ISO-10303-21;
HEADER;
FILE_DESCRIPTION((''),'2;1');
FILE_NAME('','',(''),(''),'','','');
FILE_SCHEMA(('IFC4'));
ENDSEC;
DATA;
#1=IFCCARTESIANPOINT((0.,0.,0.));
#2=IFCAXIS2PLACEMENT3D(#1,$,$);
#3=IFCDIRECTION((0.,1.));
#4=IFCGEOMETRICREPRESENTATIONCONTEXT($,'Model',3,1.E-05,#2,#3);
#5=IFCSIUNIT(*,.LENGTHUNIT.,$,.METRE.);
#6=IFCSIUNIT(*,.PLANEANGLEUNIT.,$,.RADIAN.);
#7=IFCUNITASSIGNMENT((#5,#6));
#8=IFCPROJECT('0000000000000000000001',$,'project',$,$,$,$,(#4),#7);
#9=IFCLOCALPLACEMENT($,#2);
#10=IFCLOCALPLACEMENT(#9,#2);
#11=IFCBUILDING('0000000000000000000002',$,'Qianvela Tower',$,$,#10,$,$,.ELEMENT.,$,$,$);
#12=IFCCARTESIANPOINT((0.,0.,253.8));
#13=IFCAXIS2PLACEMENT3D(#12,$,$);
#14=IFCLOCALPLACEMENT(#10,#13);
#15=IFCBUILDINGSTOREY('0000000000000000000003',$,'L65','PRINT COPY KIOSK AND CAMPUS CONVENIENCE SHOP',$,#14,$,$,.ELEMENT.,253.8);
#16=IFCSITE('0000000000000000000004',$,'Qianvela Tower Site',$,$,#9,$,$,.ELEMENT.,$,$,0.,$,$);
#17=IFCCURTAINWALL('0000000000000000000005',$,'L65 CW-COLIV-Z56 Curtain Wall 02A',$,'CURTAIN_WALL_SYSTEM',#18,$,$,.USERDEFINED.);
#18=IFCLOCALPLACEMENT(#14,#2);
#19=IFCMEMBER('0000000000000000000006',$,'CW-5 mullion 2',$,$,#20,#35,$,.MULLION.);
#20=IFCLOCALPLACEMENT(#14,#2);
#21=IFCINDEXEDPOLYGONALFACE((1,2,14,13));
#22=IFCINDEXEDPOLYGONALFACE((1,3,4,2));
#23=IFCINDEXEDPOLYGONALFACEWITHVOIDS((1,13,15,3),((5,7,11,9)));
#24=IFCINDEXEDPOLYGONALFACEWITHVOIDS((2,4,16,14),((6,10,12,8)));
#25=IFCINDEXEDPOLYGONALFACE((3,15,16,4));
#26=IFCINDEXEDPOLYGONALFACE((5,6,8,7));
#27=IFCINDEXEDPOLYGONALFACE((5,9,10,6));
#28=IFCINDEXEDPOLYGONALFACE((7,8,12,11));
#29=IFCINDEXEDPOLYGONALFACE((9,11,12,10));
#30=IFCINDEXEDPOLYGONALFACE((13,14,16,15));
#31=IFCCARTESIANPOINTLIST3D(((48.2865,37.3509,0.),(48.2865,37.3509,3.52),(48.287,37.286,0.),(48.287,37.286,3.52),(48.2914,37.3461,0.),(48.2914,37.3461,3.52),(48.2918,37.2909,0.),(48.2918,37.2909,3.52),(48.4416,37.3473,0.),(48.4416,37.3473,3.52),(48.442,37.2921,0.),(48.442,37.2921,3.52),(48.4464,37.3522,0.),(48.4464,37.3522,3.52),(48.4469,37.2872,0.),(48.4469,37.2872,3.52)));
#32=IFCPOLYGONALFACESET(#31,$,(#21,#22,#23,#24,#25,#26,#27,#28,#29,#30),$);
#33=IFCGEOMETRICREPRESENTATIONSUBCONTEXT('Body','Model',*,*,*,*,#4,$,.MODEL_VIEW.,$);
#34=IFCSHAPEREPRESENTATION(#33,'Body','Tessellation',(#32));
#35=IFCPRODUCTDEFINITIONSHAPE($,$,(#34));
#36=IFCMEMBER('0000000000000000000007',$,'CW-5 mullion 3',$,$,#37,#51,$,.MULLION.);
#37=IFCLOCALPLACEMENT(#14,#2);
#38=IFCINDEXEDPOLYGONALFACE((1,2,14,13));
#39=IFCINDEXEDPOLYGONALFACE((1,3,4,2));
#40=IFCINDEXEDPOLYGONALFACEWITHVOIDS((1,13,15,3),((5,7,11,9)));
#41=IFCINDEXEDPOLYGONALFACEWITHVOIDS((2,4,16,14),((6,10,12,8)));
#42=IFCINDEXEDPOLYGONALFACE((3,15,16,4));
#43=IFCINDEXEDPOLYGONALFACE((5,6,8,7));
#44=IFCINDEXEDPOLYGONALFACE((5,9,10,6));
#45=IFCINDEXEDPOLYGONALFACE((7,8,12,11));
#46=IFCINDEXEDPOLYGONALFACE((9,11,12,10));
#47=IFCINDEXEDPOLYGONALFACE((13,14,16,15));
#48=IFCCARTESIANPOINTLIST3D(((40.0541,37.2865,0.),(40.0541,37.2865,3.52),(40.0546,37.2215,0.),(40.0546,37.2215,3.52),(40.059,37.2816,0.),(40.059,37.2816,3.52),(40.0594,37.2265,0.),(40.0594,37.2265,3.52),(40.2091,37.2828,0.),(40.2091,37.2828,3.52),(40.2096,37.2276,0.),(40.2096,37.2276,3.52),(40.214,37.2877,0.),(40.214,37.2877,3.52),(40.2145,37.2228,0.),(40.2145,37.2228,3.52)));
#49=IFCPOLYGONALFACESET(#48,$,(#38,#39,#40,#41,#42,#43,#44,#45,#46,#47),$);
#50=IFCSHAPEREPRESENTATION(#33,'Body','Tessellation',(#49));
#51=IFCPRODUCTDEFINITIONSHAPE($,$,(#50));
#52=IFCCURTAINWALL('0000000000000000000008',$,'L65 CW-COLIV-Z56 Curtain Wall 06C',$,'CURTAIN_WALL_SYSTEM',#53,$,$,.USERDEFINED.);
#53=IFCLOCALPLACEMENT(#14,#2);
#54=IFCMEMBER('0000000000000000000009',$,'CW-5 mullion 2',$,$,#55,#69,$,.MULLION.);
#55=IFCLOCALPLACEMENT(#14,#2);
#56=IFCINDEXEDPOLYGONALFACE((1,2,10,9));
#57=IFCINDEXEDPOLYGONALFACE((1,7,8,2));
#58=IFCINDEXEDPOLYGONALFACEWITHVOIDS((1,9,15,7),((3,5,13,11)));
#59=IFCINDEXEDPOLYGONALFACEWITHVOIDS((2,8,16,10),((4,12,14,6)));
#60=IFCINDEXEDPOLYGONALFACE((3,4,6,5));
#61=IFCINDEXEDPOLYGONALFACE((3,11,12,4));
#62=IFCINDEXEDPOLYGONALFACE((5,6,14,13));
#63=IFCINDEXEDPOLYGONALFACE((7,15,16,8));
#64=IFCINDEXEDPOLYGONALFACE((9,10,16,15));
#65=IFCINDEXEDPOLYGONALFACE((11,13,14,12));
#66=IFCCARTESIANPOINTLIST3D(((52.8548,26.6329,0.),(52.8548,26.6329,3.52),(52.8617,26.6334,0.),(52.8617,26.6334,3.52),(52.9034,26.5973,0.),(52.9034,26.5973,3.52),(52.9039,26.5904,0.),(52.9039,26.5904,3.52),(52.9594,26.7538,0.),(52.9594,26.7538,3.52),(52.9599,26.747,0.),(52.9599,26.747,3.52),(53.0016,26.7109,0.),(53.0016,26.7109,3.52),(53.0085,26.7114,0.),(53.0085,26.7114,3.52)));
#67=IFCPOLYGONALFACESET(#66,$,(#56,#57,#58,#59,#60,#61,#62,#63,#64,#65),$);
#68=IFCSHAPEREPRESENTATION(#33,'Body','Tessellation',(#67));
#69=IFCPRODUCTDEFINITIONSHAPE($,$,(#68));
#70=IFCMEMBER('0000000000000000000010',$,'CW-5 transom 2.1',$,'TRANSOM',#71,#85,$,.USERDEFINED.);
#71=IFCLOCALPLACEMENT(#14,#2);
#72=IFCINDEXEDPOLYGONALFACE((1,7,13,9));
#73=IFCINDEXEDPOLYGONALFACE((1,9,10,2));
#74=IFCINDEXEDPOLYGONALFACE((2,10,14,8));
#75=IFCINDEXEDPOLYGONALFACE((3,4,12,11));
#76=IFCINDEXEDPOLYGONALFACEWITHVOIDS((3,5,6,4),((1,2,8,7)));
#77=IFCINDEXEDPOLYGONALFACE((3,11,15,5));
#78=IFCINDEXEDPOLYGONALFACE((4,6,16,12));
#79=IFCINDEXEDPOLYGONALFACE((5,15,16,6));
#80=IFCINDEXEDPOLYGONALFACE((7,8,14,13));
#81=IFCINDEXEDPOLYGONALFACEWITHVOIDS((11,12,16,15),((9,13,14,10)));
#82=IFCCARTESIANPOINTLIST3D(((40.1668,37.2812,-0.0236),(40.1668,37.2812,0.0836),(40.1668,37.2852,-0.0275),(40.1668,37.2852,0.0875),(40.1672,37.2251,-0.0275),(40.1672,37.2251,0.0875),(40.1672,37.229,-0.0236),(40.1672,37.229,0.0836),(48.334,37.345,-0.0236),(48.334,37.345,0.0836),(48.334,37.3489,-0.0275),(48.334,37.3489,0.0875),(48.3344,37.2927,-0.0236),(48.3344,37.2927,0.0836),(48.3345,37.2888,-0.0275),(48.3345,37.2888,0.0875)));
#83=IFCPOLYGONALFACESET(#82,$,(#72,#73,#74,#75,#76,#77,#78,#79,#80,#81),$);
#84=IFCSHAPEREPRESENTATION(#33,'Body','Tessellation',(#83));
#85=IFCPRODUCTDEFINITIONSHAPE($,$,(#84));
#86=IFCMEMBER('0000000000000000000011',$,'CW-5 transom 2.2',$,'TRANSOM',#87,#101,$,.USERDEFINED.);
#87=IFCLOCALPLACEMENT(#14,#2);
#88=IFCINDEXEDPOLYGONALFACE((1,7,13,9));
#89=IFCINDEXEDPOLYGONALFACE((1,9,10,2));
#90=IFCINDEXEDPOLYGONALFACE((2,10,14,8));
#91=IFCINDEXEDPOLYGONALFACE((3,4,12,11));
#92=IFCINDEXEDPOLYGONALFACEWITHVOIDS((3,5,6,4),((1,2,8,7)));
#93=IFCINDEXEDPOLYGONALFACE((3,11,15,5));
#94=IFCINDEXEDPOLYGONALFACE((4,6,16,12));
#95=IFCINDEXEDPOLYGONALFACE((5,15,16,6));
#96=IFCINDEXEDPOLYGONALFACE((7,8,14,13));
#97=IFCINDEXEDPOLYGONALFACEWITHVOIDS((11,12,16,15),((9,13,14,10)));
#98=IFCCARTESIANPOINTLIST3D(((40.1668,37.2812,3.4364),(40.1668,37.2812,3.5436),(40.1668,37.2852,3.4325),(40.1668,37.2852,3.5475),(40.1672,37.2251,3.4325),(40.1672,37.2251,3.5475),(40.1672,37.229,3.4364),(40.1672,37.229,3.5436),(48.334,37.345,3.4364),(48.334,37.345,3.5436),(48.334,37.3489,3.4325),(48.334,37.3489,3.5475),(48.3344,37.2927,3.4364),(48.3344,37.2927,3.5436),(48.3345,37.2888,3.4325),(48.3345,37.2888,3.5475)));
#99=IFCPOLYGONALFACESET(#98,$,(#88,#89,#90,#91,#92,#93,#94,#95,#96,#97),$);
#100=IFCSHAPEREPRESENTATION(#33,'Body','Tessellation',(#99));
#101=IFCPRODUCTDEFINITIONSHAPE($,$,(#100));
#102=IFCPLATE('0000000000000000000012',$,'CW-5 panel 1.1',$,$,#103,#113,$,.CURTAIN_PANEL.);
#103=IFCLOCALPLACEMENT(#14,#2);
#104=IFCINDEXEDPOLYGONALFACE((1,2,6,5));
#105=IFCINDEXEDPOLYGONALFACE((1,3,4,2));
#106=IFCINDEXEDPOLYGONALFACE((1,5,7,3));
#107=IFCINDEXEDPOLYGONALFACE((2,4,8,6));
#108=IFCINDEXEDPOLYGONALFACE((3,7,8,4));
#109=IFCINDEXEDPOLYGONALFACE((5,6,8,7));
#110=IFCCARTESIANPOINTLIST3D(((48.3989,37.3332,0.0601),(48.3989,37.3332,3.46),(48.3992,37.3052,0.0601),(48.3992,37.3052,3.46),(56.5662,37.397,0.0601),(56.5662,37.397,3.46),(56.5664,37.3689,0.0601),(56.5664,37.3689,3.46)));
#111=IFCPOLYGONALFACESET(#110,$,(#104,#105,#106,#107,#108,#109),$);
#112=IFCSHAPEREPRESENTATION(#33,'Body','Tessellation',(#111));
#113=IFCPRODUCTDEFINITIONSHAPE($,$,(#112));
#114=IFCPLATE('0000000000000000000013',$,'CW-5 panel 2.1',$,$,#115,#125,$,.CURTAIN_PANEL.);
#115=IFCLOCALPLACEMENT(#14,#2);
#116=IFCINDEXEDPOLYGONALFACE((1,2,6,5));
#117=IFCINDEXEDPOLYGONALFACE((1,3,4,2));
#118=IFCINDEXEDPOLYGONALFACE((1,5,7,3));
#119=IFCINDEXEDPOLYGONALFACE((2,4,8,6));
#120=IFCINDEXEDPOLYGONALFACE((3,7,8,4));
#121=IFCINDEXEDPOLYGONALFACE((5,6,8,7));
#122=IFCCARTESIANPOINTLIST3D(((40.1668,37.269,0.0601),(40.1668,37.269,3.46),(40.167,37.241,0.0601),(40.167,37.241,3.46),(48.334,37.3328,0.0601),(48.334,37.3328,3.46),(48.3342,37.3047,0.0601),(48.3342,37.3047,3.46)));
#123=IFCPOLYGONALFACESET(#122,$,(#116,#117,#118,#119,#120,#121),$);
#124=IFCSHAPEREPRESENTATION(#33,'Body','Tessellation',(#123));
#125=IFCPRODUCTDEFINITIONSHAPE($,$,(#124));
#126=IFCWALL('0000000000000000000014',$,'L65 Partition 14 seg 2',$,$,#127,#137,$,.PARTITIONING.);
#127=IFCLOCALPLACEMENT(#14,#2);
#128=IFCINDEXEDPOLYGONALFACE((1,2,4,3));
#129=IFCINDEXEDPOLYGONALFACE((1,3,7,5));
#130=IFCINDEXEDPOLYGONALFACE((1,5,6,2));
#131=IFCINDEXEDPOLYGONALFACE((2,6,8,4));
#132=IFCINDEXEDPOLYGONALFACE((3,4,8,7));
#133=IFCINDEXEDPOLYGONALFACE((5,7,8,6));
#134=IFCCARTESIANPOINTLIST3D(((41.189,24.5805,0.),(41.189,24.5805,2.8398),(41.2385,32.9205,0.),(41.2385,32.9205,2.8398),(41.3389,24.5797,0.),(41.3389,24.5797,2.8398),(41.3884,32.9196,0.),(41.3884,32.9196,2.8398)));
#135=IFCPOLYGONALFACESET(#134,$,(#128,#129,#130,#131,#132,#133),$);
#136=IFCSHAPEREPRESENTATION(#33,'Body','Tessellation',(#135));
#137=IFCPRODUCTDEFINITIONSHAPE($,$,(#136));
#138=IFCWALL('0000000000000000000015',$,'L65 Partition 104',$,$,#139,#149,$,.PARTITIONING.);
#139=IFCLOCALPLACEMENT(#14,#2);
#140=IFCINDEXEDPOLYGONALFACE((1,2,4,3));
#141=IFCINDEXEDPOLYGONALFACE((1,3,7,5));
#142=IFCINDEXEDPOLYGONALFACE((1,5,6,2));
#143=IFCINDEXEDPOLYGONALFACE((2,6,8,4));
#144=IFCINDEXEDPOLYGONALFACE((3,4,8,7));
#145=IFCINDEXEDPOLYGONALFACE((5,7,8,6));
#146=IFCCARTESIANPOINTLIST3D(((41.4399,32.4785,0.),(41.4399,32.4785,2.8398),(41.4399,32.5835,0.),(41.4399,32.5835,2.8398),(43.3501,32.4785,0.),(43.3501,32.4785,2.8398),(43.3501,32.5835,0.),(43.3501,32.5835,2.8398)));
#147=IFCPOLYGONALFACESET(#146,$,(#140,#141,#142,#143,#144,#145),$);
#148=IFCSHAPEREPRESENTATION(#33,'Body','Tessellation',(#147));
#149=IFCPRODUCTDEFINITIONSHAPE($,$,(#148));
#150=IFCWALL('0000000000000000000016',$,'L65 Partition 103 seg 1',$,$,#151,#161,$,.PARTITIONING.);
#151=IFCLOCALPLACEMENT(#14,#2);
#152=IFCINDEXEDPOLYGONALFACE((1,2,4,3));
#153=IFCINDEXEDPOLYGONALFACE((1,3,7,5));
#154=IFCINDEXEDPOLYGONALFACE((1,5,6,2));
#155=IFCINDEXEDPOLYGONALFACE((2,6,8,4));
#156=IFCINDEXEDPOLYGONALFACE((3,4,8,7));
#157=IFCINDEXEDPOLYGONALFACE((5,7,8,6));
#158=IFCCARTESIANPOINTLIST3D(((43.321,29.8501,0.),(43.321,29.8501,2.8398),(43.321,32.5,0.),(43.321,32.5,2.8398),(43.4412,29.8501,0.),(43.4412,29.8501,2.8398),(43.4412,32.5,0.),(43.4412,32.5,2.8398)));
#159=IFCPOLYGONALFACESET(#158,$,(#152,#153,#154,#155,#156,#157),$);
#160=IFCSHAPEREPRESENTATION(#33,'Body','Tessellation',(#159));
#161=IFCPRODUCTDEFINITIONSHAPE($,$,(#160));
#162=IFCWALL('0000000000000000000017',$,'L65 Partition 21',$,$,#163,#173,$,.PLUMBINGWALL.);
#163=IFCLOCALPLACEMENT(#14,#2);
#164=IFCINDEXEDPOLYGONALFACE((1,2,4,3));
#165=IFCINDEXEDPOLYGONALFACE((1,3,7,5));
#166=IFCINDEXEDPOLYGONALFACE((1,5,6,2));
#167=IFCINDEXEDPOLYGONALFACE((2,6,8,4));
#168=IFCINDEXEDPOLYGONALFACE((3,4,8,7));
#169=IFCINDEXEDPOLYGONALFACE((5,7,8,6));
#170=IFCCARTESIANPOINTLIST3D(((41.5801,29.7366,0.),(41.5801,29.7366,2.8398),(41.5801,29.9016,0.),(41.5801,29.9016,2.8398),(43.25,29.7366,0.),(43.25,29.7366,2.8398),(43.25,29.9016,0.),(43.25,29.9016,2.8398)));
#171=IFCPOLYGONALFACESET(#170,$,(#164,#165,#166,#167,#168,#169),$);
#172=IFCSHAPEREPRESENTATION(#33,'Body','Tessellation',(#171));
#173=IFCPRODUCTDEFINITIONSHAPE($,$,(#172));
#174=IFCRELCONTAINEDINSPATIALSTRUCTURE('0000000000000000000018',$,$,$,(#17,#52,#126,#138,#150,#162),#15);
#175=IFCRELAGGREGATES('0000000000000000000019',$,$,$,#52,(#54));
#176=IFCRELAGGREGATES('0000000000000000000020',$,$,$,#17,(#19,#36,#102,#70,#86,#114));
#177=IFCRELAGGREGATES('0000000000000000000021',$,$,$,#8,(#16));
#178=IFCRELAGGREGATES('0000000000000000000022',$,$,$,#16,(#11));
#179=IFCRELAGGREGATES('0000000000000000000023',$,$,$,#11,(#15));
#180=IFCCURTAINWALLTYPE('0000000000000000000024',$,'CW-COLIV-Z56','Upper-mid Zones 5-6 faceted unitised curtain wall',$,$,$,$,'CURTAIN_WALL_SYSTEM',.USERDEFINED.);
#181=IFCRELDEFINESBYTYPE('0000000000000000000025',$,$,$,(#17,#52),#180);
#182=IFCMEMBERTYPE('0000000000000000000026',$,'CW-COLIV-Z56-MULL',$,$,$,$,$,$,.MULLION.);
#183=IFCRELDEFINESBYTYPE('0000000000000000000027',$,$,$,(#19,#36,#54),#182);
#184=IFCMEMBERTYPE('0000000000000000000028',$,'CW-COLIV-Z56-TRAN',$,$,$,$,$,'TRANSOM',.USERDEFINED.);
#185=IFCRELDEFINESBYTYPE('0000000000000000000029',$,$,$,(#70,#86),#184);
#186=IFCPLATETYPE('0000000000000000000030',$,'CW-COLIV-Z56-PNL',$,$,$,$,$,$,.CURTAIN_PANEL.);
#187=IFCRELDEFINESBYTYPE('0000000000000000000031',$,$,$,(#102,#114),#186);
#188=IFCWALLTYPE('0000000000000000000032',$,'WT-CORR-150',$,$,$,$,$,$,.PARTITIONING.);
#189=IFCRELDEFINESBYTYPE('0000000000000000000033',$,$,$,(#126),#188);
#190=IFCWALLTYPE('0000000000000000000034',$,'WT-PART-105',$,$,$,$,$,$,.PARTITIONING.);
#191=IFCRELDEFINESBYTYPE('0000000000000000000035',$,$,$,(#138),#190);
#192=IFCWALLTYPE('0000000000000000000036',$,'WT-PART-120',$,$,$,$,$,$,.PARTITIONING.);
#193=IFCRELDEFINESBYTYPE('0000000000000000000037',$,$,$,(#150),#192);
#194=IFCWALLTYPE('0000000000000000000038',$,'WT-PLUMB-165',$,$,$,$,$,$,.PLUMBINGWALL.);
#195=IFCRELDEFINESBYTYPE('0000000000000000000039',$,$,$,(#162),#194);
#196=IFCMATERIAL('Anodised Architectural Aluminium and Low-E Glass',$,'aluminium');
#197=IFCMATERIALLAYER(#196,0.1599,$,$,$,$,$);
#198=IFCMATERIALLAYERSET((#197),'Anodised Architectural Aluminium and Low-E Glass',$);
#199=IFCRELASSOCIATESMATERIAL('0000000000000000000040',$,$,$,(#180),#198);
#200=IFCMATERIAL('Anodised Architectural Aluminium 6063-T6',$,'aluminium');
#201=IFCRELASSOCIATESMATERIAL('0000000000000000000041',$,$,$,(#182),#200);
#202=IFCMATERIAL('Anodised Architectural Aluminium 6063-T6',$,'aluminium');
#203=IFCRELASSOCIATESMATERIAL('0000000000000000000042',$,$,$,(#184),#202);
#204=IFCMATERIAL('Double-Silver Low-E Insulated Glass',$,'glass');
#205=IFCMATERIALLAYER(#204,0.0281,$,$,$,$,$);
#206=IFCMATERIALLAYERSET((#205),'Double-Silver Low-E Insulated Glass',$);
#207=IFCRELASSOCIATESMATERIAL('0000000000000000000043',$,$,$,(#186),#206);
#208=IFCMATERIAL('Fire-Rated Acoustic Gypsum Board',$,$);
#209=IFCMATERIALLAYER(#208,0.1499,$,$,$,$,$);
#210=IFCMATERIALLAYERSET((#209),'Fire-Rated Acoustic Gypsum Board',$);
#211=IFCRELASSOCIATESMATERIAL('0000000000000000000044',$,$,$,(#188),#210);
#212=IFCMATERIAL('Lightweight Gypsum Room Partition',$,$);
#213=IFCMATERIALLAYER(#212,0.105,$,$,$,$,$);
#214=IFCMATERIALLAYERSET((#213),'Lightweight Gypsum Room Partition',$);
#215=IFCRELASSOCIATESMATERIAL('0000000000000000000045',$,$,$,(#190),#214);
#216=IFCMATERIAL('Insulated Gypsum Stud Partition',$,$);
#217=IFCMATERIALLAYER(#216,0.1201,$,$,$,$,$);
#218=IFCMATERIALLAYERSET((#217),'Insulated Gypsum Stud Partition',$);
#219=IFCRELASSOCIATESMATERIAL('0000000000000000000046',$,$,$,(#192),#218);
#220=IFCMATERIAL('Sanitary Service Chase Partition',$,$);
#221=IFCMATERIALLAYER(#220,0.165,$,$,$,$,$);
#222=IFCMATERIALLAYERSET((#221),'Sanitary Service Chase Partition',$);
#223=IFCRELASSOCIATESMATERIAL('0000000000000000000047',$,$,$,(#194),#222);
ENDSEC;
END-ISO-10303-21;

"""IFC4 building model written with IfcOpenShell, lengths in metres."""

from ifc_helpers import new_model, si_unit, direction, frame, frame_2d, origin, origin_2d, place, context, subcontext, project, spatial, rectangle, hollow_rectangle, extrude, material, layer, layer_set, material_profile, profile_set, type_object, element, aggregate, save


model = new_model("IFC4")

# Units and contexts
model_context = context("Model", 3, precision=1e-05, world=origin(), true_north=direction((0.0, 1.0)))
body_context = subcontext(model_context, "Body", "Model", "MODEL_VIEW")
ifc_project = project(units=[si_unit("LENGTHUNIT", "METRE"), si_unit("PLANEANGLEUNIT", "RADIAN")], contexts=[model_context])

# Site, building, storey
site_placement = place(None, origin())
site = spatial("IfcSite", under=ifc_project, at=site_placement, Name="Qianvela Tower Site", CompositionType="ELEMENT", RefElevation=0.0)
building_placement = place(site_placement, origin())
building = spatial("IfcBuilding", under=site, at=building_placement, Name="Qianvela Tower", CompositionType="ELEMENT")
storey_placement = place(building_placement, frame((0.0, 0.0, 253.8)))
storey = spatial("IfcBuildingStorey", under=building, at=storey_placement, Name="L65", Description="PRINT COPY KIOSK AND CAMPUS CONVENIENCE SHOP", CompositionType="ELEMENT", Elevation=253.8)

# Curtain wall, members
ifc_material_1 = material(Name="Anodised Architectural Aluminium and Low-E Glass", Category="aluminium")
ifc_layer_1 = layer(ifc_material_1, 0.1599)
ifc_layer_set_1 = layer_set([ifc_layer_1], Name="Anodised Architectural Aluminium and Low-E Glass")
curtain_wall_type = type_object("IfcCurtainWallType", Name="CW-COLIV-Z56", Description="Upper-mid Zones 5-6 faceted unitised curtain wall", ElementType="CURTAIN_WALL_SYSTEM", PredefinedType="USERDEFINED", material=ifc_layer_set_1)
curtain_wall_1_placement = place(storey_placement, origin())
curtain_wall_1 = element("IfcCurtainWall", 1, at=curtain_wall_1_placement, inside=storey, type_object=curtain_wall_type, Name="L65 CW-COLIV-Z56 Curtain Wall 02A", ObjectType="CURTAIN_WALL_SYSTEM", PredefinedType="USERDEFINED")
ifc_material_2 = material(Name="Anodised Architectural Aluminium 6063-T6", Category="aluminium")
ifc_material_profile_1 = material_profile(ifc_material_2, hollow_rectangle(XDim=0.0649, YDim=0.1599, WallThickness=0.0049, at=origin_2d()), Name="ALU-MULL-65x160")
ifc_profile_set_1 = profile_set([ifc_material_profile_1], Name="Anodised Architectural Aluminium 6063-T6")
member_type_1 = type_object("IfcMemberType", Name="CW-COLIV-Z56-MULL", PredefinedType="MULLION", material=ifc_profile_set_1)
member_1_placement = place(storey_placement, frame((48.3667, 37.3191, 0.0), z_axis=(0.0, 0.0, 1.0), x_axis=(0.007804, -0.99997, 0.0)))
member_1 = element("IfcMember", 2, at=member_1_placement, type_object=member_type_1, Name="CW-5 mullion 2", PredefinedType="MULLION", context=body_context, shape_type="SweptSolid", body=[
    extrude(hollow_rectangle(XDim=0.0649, YDim=0.1599, WallThickness=0.0049, at=origin_2d()), origin(), (0.0, 0.0, 1.0), 3.52),
])
member_2_placement = place(storey_placement, frame((40.1343, 37.2546, 0.0), z_axis=(0.0, 0.0, 1.0), x_axis=(0.007804, -0.99997, 0.0)))
member_2 = element("IfcMember", 3, at=member_2_placement, type_object=member_type_1, Name="CW-5 mullion 3", PredefinedType="MULLION", context=body_context, shape_type="SweptSolid", body=[
    extrude(hollow_rectangle(XDim=0.0649, YDim=0.1599, WallThickness=0.0049, at=origin_2d()), origin(), (0.0, 0.0, 1.0), 3.52),
])

# Curtain wall, member
curtain_wall_2_placement = place(storey_placement, origin())
curtain_wall_2 = element("IfcCurtainWall", 4, at=curtain_wall_2_placement, inside=storey, type_object=curtain_wall_type, Name="L65 CW-COLIV-Z56 Curtain Wall 06C", ObjectType="CURTAIN_WALL_SYSTEM", PredefinedType="USERDEFINED")
member_3_placement = place(storey_placement, frame((52.9316, 26.6721, 0.0), z_axis=(0.0, 0.0, 1.0), x_axis=(-0.756458, 0.654043, 0.0)))
member_3 = element("IfcMember", 5, at=member_3_placement, type_object=member_type_1, Name="CW-5 mullion 2", PredefinedType="MULLION", context=body_context, shape_type="SweptSolid", body=[
    extrude(hollow_rectangle(XDim=0.0649, YDim=0.1599, WallThickness=0.0049, at=origin_2d()), origin(), (0.0, 0.0, 1.0), 3.52),
])
aggregate(curtain_wall_2, [member_3])

# Members
ifc_material_3 = material(Name="Anodised Architectural Aluminium 6063-T6", Category="aluminium")
ifc_material_profile_2 = material_profile(ifc_material_3, hollow_rectangle(XDim=0.0601, YDim=0.115, WallThickness=0.0039, at=origin_2d()), Name="ALU-TRAN-60x115")
ifc_profile_set_2 = profile_set([ifc_material_profile_2], Name="Anodised Architectural Aluminium 6063-T6")
member_type_2 = type_object("IfcMemberType", Name="CW-COLIV-Z56-TRAN", ElementType="TRANSOM", PredefinedType="USERDEFINED", material=ifc_profile_set_2)
member_4_placement = place(storey_placement, frame((48.3342, 37.3188, 0.03), z_axis=(-0.99997, -0.007802, 0.0), x_axis=(0.007802, -0.99997, 0.0)))
member_4 = element("IfcMember", 6, at=member_4_placement, type_object=member_type_2, Name="CW-5 transom 2.1", ObjectType="TRANSOM", PredefinedType="USERDEFINED", context=body_context, shape_type="SweptSolid", body=[
    extrude(hollow_rectangle(XDim=0.0601, YDim=0.115, WallThickness=0.0039, at=origin_2d()), origin(), (0.0, 0.0, 1.0), 8.1675),
])
member_5_placement = place(storey_placement, frame((48.3342, 37.3188, 3.49), z_axis=(-0.99997, -0.007802, 0.0), x_axis=(0.007802, -0.99997, 0.0)))
member_5 = element("IfcMember", 7, at=member_5_placement, type_object=member_type_2, Name="CW-5 transom 2.2", ObjectType="TRANSOM", PredefinedType="USERDEFINED", context=body_context, shape_type="SweptSolid", body=[
    extrude(hollow_rectangle(XDim=0.0601, YDim=0.115, WallThickness=0.0039, at=origin_2d()), origin(), (0.0, 0.0, 1.0), 8.1675),
])

# Plates
ifc_material_4 = material(Name="Double-Silver Low-E Insulated Glass", Category="glass")
ifc_layer_2 = layer(ifc_material_4, 0.0281)
ifc_layer_set_2 = layer_set([ifc_layer_2], Name="Double-Silver Low-E Insulated Glass")
plate_type = type_object("IfcPlateType", Name="CW-COLIV-Z56-PNL", PredefinedType="CURTAIN_PANEL", material=ifc_layer_set_2)
plate_1_placement = place(storey_placement, frame((52.4827, 37.3511, 0.0601), z_axis=(0.0, 0.0, 1.0), x_axis=(-0.99997, -0.007804, 0.0)))
plate_1 = element("IfcPlate", 8, at=plate_1_placement, type_object=plate_type, Name="CW-5 panel 1.1", PredefinedType="CURTAIN_PANEL", context=body_context, shape_type="SweptSolid", body=[
    extrude(rectangle(XDim=8.1675, YDim=0.0281, at=origin_2d()), origin(), (0.0, 0.0, 1.0), 3.3999),
])
plate_2_placement = place(storey_placement, frame((44.2505, 37.2869, 0.0601), z_axis=(0.0, 0.0, 1.0), x_axis=(-0.99997, -0.007804, 0.0)))
plate_2 = element("IfcPlate", 9, at=plate_2_placement, type_object=plate_type, Name="CW-5 panel 2.1", PredefinedType="CURTAIN_PANEL", context=body_context, shape_type="SweptSolid", body=[
    extrude(rectangle(XDim=8.1675, YDim=0.0281, at=origin_2d()), origin(), (0.0, 0.0, 1.0), 3.3999),
])
aggregate(curtain_wall_1, [member_1, member_2, plate_1, member_4, member_5, plate_2])

# Walls
ifc_material_5 = material(Name="Fire-Rated Acoustic Gypsum Board")
ifc_layer_3 = layer(ifc_material_5, 0.1499)
ifc_layer_set_3 = layer_set([ifc_layer_3], Name="Fire-Rated Acoustic Gypsum Board")
wall_type_1 = type_object("IfcWallType", Name="WT-CORR-150", PredefinedType="PARTITIONING", material=ifc_layer_set_3)
wall_1_placement = place(storey_placement, frame((41.3135, 32.9199, 0.0), z_axis=(0.0, 0.0, 1.0), x_axis=(-0.005943, -0.999982, 0.0)))
element("IfcWall", 10, at=wall_1_placement, inside=storey, type_object=wall_type_1, Name="L65 Partition 14 seg 2", PredefinedType="PARTITIONING", context=body_context, shape_type="SweptSolid", body=[
    extrude(rectangle(XDim=8.3401, YDim=0.1499, at=frame_2d((4.1699, 0.0))), origin(), (0.0, 0.0, 1.0), 2.8398),
])
ifc_material_6 = material(Name="Lightweight Gypsum Room Partition")
ifc_layer_4 = layer(ifc_material_6, 0.105)
ifc_layer_set_4 = layer_set([ifc_layer_4], Name="Lightweight Gypsum Room Partition")
wall_type_2 = type_object("IfcWallType", Name="WT-PART-105", PredefinedType="PARTITIONING", material=ifc_layer_set_4)
wall_2_placement = place(storey_placement, frame((43.3501, 32.531, 0.0), z_axis=(0.0, 0.0, 1.0), x_axis=(-1.0, 0.0, 0.0)))
element("IfcWall", 11, at=wall_2_placement, inside=storey, type_object=wall_type_2, Name="L65 Partition 104", PredefinedType="PARTITIONING", context=body_context, shape_type="SweptSolid", body=[
    extrude(rectangle(XDim=1.9102, YDim=0.105, at=frame_2d((0.9551, 0.0))), origin(), (0.0, 0.0, 1.0), 2.8398),
])
ifc_material_7 = material(Name="Insulated Gypsum Stud Partition")
ifc_layer_5 = layer(ifc_material_7, 0.1201)
ifc_layer_set_5 = layer_set([ifc_layer_5], Name="Insulated Gypsum Stud Partition")
wall_type_3 = type_object("IfcWallType", Name="WT-PART-120", PredefinedType="PARTITIONING", material=ifc_layer_set_5)
wall_3_placement = place(storey_placement, frame((43.3811, 29.8501, 0.0), z_axis=(0.0, 0.0, 1.0), x_axis=(0.0, 1.0, 0.0)))
element("IfcWall", 12, at=wall_3_placement, inside=storey, type_object=wall_type_3, Name="L65 Partition 103 seg 1", PredefinedType="PARTITIONING", context=body_context, shape_type="SweptSolid", body=[
    extrude(rectangle(XDim=2.6499, YDim=0.1201, at=frame_2d((1.325, 0.0))), origin(), (0.0, 0.0, 1.0), 2.8398),
])
ifc_material_8 = material(Name="Sanitary Service Chase Partition")
ifc_layer_6 = layer(ifc_material_8, 0.165)
ifc_layer_set_6 = layer_set([ifc_layer_6], Name="Sanitary Service Chase Partition")
wall_type_4 = type_object("IfcWallType", Name="WT-PLUMB-165", PredefinedType="PLUMBINGWALL", material=ifc_layer_set_6)
wall_4_placement = place(storey_placement, frame((41.5801, 29.8191, 0.0), z_axis=(0.0, 0.0, 1.0), x_axis=(1.0, 0.0, 0.0)))
element("IfcWall", 13, at=wall_4_placement, inside=storey, type_object=wall_type_4, Name="L65 Partition 21", PredefinedType="PLUMBINGWALL", context=body_context, shape_type="SweptSolid", body=[
    extrude(rectangle(XDim=1.6699, YDim=0.165, at=frame_2d((0.835, 0.0))), origin(), (0.0, 0.0, 1.0), 2.8398),
])

save(model, "model.ifc")
